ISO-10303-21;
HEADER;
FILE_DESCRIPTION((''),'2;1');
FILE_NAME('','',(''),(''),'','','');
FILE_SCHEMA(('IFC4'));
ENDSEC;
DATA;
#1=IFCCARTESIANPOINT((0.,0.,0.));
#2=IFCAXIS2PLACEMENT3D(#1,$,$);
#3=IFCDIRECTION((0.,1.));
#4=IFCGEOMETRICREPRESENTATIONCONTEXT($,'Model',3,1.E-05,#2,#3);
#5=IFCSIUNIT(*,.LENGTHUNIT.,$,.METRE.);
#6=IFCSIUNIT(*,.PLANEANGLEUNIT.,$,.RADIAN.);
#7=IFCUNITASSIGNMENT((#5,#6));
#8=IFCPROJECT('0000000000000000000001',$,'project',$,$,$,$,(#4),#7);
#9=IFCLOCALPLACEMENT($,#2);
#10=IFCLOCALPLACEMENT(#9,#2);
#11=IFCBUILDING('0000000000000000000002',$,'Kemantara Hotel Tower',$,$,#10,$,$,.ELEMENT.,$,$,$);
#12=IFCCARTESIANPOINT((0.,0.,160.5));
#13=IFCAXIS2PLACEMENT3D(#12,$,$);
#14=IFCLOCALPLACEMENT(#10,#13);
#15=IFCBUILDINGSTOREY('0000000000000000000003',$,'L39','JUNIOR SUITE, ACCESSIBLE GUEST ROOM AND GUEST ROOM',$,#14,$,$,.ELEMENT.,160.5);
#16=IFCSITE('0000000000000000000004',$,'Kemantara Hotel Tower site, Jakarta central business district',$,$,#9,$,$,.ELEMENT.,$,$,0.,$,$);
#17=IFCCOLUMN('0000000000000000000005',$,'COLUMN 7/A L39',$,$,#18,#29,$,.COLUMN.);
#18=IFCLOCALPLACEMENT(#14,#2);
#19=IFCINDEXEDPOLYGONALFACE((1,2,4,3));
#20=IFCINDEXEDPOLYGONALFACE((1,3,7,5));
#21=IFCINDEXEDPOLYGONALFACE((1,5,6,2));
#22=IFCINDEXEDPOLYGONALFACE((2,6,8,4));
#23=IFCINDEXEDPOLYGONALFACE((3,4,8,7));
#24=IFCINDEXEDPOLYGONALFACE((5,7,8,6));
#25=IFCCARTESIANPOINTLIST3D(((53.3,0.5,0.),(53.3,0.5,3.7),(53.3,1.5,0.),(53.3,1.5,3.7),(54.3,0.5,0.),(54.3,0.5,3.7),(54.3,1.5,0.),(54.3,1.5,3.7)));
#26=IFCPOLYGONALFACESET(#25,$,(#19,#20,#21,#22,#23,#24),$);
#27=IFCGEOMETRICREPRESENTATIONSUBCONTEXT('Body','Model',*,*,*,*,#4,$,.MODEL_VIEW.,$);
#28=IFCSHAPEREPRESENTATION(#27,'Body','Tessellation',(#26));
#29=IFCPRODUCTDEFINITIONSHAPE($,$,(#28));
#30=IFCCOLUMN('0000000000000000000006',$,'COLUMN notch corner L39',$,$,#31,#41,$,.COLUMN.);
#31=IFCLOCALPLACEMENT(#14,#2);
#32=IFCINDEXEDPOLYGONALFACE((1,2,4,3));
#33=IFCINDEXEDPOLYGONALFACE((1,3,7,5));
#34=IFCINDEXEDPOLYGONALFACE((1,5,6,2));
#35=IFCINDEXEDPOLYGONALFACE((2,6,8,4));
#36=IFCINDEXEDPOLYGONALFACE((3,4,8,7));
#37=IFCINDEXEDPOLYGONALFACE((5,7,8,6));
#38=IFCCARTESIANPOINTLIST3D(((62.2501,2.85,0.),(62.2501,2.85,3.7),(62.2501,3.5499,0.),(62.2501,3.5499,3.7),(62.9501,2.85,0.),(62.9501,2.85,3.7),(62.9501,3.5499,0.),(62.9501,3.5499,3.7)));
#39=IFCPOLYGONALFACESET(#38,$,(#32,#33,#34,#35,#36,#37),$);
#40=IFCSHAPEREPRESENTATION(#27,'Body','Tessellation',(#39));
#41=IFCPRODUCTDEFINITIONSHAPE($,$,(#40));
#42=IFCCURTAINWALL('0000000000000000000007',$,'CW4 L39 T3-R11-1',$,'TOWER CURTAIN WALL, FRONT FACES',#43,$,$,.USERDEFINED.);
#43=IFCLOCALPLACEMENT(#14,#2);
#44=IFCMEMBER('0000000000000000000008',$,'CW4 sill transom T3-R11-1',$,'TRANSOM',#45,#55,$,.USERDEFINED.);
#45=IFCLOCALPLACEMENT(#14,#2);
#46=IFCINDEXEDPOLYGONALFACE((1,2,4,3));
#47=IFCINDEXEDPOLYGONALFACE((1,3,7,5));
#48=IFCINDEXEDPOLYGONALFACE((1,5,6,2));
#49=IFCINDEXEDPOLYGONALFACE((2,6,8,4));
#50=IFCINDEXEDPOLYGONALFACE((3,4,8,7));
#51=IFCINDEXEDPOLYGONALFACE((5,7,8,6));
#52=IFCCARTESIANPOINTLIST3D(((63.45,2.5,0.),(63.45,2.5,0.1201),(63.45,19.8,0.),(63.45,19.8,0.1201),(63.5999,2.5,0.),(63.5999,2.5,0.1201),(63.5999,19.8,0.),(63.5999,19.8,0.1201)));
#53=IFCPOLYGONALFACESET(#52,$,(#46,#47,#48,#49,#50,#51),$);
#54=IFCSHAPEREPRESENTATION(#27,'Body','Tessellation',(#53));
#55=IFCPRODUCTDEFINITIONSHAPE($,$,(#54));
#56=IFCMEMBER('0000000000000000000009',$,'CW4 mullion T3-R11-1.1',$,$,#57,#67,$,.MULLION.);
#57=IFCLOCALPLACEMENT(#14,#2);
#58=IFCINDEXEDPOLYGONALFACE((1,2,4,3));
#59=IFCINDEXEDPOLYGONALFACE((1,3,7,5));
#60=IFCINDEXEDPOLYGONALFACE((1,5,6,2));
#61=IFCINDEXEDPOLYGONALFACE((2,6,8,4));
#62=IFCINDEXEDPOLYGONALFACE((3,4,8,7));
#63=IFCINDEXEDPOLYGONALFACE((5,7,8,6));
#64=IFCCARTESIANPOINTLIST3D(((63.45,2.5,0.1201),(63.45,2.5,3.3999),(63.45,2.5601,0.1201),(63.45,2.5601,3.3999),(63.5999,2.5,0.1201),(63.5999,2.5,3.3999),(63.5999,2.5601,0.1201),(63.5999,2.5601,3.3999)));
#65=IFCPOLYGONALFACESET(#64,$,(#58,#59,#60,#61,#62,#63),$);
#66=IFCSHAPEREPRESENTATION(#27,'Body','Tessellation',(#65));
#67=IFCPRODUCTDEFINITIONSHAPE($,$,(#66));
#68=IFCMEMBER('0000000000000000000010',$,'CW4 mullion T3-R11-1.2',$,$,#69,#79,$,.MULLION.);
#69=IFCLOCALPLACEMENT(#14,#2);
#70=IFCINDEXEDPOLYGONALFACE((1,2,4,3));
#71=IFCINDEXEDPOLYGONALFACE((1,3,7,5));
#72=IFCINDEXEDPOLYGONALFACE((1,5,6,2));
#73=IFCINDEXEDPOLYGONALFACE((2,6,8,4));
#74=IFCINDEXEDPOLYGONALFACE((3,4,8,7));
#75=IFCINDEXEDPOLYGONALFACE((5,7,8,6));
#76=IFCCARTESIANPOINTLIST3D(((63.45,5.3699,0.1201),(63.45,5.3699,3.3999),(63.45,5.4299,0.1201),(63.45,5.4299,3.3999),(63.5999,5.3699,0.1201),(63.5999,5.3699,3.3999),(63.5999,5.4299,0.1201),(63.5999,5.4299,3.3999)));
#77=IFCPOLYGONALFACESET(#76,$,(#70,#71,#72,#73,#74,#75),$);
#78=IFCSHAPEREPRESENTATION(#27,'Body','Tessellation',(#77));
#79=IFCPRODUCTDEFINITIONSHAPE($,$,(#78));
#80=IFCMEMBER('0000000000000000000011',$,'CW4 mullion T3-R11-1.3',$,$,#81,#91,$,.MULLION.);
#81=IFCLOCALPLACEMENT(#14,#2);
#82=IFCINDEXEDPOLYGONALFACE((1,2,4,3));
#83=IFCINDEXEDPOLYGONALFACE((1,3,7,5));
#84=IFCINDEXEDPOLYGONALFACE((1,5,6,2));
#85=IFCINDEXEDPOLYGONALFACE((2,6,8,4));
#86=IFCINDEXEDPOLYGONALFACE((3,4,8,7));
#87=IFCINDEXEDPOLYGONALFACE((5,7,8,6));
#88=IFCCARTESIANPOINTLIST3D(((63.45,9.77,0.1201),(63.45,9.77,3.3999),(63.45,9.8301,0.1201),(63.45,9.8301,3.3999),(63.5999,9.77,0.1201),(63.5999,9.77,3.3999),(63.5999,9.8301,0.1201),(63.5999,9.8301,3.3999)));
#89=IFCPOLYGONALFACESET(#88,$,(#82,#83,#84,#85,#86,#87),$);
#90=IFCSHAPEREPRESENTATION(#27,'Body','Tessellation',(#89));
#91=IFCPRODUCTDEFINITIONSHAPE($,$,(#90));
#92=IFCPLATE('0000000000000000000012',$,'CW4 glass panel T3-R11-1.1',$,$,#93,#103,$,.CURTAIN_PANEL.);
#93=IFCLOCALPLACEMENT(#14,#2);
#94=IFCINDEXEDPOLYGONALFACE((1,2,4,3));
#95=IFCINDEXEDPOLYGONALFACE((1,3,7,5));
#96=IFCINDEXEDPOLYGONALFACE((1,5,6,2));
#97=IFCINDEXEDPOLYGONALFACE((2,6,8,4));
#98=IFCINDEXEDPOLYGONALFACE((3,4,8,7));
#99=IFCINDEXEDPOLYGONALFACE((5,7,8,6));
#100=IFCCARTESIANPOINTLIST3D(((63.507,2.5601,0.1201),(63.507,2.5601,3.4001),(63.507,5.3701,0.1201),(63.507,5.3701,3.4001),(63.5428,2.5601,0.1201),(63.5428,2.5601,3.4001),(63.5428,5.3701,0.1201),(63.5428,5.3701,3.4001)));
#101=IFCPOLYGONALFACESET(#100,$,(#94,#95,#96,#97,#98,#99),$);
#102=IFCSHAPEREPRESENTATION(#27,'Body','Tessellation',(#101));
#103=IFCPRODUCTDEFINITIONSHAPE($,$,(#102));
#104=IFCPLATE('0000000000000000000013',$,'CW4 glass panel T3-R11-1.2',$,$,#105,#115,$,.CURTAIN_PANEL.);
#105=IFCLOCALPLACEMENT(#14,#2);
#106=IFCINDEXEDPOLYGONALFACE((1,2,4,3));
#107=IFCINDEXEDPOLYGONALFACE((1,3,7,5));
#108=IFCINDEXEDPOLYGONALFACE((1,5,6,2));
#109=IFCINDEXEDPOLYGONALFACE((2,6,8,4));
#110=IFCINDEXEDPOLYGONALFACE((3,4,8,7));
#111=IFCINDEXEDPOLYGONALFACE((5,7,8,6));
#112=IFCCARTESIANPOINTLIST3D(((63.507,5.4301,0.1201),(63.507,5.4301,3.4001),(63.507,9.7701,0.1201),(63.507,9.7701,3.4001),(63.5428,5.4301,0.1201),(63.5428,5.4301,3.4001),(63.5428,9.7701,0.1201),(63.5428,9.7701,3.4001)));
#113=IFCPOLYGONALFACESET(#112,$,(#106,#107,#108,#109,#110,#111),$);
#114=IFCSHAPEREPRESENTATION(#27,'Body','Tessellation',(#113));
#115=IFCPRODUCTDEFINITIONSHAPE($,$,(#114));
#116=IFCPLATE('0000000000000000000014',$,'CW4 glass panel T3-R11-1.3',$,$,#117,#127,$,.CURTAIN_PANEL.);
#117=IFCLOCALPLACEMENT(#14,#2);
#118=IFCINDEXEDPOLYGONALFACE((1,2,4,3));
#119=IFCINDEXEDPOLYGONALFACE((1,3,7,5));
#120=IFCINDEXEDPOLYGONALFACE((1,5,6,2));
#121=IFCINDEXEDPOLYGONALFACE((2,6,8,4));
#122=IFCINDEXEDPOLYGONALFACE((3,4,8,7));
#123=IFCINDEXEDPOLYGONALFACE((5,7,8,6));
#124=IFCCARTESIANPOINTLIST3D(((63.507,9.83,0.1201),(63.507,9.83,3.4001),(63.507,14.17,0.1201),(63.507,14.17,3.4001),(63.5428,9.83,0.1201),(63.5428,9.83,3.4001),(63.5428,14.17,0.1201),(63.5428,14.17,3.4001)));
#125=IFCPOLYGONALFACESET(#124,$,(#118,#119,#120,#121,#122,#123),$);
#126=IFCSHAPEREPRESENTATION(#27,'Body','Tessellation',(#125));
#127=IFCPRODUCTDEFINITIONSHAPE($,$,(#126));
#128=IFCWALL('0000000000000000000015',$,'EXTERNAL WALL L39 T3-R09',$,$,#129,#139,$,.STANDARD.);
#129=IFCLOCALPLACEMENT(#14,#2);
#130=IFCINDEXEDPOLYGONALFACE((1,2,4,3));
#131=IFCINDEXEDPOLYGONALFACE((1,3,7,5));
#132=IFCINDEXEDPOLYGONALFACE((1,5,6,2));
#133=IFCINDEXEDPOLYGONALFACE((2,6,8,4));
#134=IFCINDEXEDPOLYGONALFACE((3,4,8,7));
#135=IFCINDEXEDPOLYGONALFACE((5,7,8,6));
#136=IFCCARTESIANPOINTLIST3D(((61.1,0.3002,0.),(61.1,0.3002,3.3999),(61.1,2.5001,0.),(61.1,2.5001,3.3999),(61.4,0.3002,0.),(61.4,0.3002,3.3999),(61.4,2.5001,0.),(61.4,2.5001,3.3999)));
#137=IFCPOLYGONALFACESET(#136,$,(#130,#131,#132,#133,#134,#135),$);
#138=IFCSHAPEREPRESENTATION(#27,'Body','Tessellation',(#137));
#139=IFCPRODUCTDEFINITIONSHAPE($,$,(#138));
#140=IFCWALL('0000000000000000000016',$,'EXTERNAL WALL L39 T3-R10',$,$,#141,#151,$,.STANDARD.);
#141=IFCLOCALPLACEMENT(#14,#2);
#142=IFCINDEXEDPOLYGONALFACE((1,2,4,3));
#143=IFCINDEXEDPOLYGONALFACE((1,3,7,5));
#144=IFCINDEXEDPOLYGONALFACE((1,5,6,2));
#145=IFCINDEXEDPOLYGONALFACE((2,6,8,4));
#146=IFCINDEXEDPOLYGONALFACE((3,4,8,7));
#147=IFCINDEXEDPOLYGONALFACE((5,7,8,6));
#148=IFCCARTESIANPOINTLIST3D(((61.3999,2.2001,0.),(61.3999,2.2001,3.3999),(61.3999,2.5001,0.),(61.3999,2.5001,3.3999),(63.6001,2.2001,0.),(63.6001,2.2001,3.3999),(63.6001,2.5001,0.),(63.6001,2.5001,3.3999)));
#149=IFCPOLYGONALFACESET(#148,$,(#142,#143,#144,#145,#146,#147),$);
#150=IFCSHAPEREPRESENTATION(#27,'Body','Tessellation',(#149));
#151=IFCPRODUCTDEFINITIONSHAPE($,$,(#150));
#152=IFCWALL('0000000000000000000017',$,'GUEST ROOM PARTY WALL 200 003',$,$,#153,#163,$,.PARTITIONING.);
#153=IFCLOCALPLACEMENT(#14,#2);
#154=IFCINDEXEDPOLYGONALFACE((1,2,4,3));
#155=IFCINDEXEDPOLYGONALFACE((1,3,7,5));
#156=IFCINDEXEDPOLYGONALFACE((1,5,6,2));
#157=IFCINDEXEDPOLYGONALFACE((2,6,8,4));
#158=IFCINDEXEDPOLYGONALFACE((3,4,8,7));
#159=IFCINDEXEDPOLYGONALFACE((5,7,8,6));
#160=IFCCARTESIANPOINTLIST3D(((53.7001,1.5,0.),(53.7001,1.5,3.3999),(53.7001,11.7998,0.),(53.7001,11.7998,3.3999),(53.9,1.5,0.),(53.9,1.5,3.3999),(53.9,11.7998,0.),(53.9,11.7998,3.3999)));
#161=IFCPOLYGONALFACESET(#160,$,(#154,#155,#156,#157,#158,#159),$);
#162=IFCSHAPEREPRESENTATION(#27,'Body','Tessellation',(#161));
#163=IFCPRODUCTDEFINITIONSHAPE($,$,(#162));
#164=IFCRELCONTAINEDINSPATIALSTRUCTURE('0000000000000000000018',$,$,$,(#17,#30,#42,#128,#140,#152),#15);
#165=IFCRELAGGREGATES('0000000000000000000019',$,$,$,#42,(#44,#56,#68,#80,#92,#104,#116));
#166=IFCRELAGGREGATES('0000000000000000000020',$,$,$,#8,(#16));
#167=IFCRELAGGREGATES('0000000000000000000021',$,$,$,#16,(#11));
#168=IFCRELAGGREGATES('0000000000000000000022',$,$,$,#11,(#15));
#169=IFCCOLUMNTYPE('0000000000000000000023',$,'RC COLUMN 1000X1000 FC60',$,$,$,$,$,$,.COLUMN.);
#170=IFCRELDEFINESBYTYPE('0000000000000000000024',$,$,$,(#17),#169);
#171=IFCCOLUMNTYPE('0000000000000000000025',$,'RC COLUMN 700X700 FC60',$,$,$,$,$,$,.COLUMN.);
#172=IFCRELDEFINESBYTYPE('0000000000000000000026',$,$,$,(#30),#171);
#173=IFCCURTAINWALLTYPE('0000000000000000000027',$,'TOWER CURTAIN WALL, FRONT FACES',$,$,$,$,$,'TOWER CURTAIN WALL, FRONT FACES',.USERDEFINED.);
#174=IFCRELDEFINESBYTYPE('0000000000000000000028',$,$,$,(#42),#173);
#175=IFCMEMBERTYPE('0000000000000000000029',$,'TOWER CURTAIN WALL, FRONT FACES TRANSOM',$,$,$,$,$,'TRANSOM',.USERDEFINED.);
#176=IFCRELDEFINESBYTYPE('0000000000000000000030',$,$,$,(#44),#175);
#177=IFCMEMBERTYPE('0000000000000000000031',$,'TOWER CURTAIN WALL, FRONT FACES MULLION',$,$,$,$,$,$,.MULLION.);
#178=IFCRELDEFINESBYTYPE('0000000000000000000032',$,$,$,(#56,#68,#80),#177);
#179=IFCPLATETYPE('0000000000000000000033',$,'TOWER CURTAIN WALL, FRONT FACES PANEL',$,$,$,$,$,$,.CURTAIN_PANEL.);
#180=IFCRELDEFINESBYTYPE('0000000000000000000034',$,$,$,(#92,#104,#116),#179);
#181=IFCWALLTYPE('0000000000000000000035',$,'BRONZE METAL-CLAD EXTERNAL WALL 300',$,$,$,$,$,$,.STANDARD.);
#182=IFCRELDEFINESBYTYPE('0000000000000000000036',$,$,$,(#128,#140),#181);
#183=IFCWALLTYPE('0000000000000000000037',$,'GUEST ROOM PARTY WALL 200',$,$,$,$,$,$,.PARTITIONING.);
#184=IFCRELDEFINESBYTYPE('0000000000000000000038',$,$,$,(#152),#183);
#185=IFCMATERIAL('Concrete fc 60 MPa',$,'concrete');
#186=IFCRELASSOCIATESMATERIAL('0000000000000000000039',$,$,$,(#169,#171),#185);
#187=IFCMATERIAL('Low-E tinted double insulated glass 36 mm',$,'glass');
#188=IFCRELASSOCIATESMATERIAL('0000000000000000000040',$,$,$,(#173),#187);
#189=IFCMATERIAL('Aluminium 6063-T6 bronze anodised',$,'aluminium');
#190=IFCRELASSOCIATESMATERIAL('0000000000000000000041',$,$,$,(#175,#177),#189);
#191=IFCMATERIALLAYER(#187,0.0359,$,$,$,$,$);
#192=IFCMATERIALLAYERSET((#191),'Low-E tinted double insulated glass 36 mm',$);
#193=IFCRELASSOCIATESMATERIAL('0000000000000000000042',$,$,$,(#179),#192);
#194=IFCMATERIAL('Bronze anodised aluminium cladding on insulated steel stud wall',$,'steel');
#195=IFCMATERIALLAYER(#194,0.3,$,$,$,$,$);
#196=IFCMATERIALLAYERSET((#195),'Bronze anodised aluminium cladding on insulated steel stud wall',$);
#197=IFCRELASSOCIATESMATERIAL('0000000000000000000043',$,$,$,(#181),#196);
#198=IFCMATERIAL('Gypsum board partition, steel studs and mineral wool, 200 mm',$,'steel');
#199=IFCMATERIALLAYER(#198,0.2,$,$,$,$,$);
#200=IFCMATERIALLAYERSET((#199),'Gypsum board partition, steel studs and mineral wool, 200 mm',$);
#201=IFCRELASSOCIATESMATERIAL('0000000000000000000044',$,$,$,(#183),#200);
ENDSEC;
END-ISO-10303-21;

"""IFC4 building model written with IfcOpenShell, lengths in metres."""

from ifc_helpers import new_model, si_unit, direction, frame, frame_2d, origin, origin_2d, place, context, subcontext, project, spatial, rectangle, extrude, source, transform, mapped, material, layer, layer_set, material_profile, profile_set, type_object, element, aggregate, save


model = new_model("IFC4")

# Units and contexts
model_context = context("Model", 3, precision=1e-05, world=origin(), true_north=direction((0.0, 1.0)))
body_context = subcontext(model_context, "Body", "Model", "MODEL_VIEW")
ifc_project = project(units=[si_unit("LENGTHUNIT", "METRE"), si_unit("PLANEANGLEUNIT", "RADIAN")], contexts=[model_context])

# Site, building, storey
site_placement = place(None, origin())
site = spatial("IfcSite", under=ifc_project, at=site_placement, Name="Kemantara Hotel Tower site, Jakarta central business district", CompositionType="ELEMENT", RefElevation=0.0)
building_placement = place(site_placement, origin())
building = spatial("IfcBuilding", under=site, at=building_placement, Name="Kemantara Hotel Tower", CompositionType="ELEMENT")
storey_placement = place(building_placement, frame((0.0, 0.0, 160.5)))
storey = spatial("IfcBuildingStorey", under=building, at=storey_placement, Name="L39", Description="JUNIOR SUITE, ACCESSIBLE GUEST ROOM AND GUEST ROOM", CompositionType="ELEMENT", Elevation=160.5)

# Columns
ifc_material_1 = material(Name="Concrete fc 60 MPa", Category="concrete")
ifc_material_profile_1 = material_profile(ifc_material_1, rectangle(XDim=1.0, YDim=1.0, at=origin_2d()), Name="RC 1000X1000")
ifc_profile_set_1 = profile_set([ifc_material_profile_1], Name="Concrete fc 60 MPa")
column_type_1 = type_object("IfcColumnType", Name="RC COLUMN 1000X1000 FC60", PredefinedType="COLUMN", material=ifc_profile_set_1)
column_1_placement = place(storey_placement, frame((53.8, 1.0, 0.0), z_axis=(0.0, 0.0, 1.0), x_axis=(1.0, 0.0, 0.0)))
element("IfcColumn", 1, at=column_1_placement, inside=storey, type_object=column_type_1, Name="COLUMN 7/A L39", PredefinedType="COLUMN", context=body_context, shape_type="SweptSolid", body=[
    extrude(rectangle(XDim=1.0, YDim=1.0, at=origin_2d()), origin(), (0.0, 0.0, 1.0), 3.7),
])
ifc_material_profile_2 = material_profile(ifc_material_1, rectangle(XDim=0.7, YDim=0.7, at=origin_2d()), Name="RC 700X700")
ifc_profile_set_2 = profile_set([ifc_material_profile_2], Name="Concrete fc 60 MPa")
column_type_2 = type_object("IfcColumnType", Name="RC COLUMN 700X700 FC60", PredefinedType="COLUMN", material=ifc_profile_set_2)
column_2_placement = place(storey_placement, frame((62.6001, 3.2, 0.0), z_axis=(0.0, 0.0, 1.0), x_axis=(1.0, 0.0, 0.0)))
element("IfcColumn", 2, at=column_2_placement, inside=storey, type_object=column_type_2, Name="COLUMN notch corner L39", PredefinedType="COLUMN", context=body_context, shape_type="SweptSolid", body=[
    extrude(rectangle(XDim=0.7, YDim=0.7, at=origin_2d()), origin(), (0.0, 0.0, 1.0), 3.7),
])

# Curtain wall, members, plates
ifc_material_2 = material(Name="Low-E tinted double insulated glass 36 mm", Category="glass")
curtain_wall_type = type_object("IfcCurtainWallType", Name="TOWER CURTAIN WALL, FRONT FACES", ElementType="TOWER CURTAIN WALL, FRONT FACES", PredefinedType="USERDEFINED", material=ifc_material_2)
curtain_wall_placement = place(storey_placement, origin())
curtain_wall = element("IfcCurtainWall", 3, at=curtain_wall_placement, inside=storey, type_object=curtain_wall_type, Name="CW4 L39 T3-R11-1", ObjectType="TOWER CURTAIN WALL, FRONT FACES", PredefinedType="USERDEFINED")
ifc_material_3 = material(Name="Aluminium 6063-T6 bronze anodised", Category="aluminium")
ifc_material_profile_3 = material_profile(ifc_material_3, rectangle(XDim=0.1499, YDim=0.1201, at=origin_2d()), Name="TOWER CURTAIN WALL, FRONT FACES TRANSOM")
ifc_profile_set_3 = profile_set([ifc_material_profile_3], Name="Aluminium 6063-T6 bronze anodised")
member_type_1 = type_object("IfcMemberType", Name="TOWER CURTAIN WALL, FRONT FACES TRANSOM", ElementType="TRANSOM", PredefinedType="USERDEFINED", material=ifc_profile_set_3)
member_1_placement = place(storey_placement, frame((63.5249, 2.5, 0.0601), z_axis=(0.0, 1.0, 0.0), x_axis=(-1.0, 0.0, 0.0)))
member_1 = element("IfcMember", 4, at=member_1_placement, type_object=member_type_1, Name="CW4 sill transom T3-R11-1", ObjectType="TRANSOM", PredefinedType="USERDEFINED", context=body_context, shape_type="SweptSolid", body=[
    extrude(rectangle(XDim=0.1499, YDim=0.1201, at=origin_2d()), origin(), (0.0, 0.0, 1.0), 17.3),
])
ifc_material_profile_4 = material_profile(ifc_material_3, rectangle(XDim=0.1499, YDim=0.0601, at=origin_2d()), Name="TOWER CURTAIN WALL, FRONT FACES MULLION")
ifc_profile_set_4 = profile_set([ifc_material_profile_4], Name="Aluminium 6063-T6 bronze anodised")
member_type_2 = type_object("IfcMemberType", Name="TOWER CURTAIN WALL, FRONT FACES MULLION", PredefinedType="MULLION", material=ifc_profile_set_4)
shared_shape_1 = source(origin(), body_context, "Body", "SweptSolid", [
    extrude(rectangle(XDim=0.1499, YDim=0.0601, at=origin_2d()), origin(), (0.0, 0.0, 1.0), 3.2798),
])
member_2_placement = place(storey_placement, frame((63.5249, 2.53, 0.1201), z_axis=(0.0, 0.0, 1.0), x_axis=(-1.0, 0.0, 0.0)))
member_2 = element("IfcMember", 5, at=member_2_placement, type_object=member_type_2, Name="CW4 mullion T3-R11-1.1", PredefinedType="MULLION", context=body_context, shape_type="MappedRepresentation", body=[
    mapped(shared_shape_1, transform((0.0, 0.0, 0.0))),
])
member_3_placement = place(storey_placement, frame((63.5249, 5.3999, 0.1201), z_axis=(0.0, 0.0, 1.0), x_axis=(-1.0, 0.0, 0.0)))
member_3 = element("IfcMember", 6, at=member_3_placement, type_object=member_type_2, Name="CW4 mullion T3-R11-1.2", PredefinedType="MULLION", context=body_context, shape_type="MappedRepresentation", body=[
    mapped(shared_shape_1, transform((0.0, 0.0, 0.0))),
])
member_4_placement = place(storey_placement, frame((63.5249, 9.8, 0.1201), z_axis=(0.0, 0.0, 1.0), x_axis=(-1.0, 0.0, 0.0)))
member_4 = element("IfcMember", 7, at=member_4_placement, type_object=member_type_2, Name="CW4 mullion T3-R11-1.3", PredefinedType="MULLION", context=body_context, shape_type="MappedRepresentation", body=[
    mapped(shared_shape_1, transform((0.0, 0.0, 0.0))),
])
ifc_layer_1 = layer(ifc_material_2, 0.0359)
ifc_layer_set_1 = layer_set([ifc_layer_1], Name="Low-E tinted double insulated glass 36 mm")
plate_type = type_object("IfcPlateType", Name="TOWER CURTAIN WALL, FRONT FACES PANEL", PredefinedType="CURTAIN_PANEL", material=ifc_layer_set_1)
shared_shape_2 = source(origin(), body_context, "Body", "SweptSolid", [
    extrude(rectangle(XDim=2.8101, YDim=0.0359, at=origin_2d()), origin(), (0.0, 0.0, 1.0), 3.28),
])
plate_1_placement = place(storey_placement, frame((63.5249, 3.9651, 0.1201), z_axis=(0.0, 0.0, 1.0), x_axis=(0.0, 1.0, 0.0)))
plate_1 = element("IfcPlate", 8, at=plate_1_placement, type_object=plate_type, Name="CW4 glass panel T3-R11-1.1", PredefinedType="CURTAIN_PANEL", context=body_context, shape_type="MappedRepresentation", body=[
    mapped(shared_shape_2, transform((0.0, 0.0, 0.0))),
])
shared_shape_3 = source(origin(), body_context, "Body", "SweptSolid", [
    extrude(rectangle(XDim=4.3401, YDim=0.0359, at=origin_2d()), origin(), (0.0, 0.0, 1.0), 3.28),
])
plate_2_placement = place(storey_placement, frame((63.5249, 7.6001, 0.1201), z_axis=(0.0, 0.0, 1.0), x_axis=(0.0, 1.0, 0.0)))
plate_2 = element("IfcPlate", 9, at=plate_2_placement, type_object=plate_type, Name="CW4 glass panel T3-R11-1.2", PredefinedType="CURTAIN_PANEL", context=body_context, shape_type="MappedRepresentation", body=[
    mapped(shared_shape_3, transform((0.0, 0.0, 0.0))),
])
plate_3_placement = place(storey_placement, frame((63.5249, 12.0, 0.1201), z_axis=(0.0, 0.0, 1.0), x_axis=(0.0, 1.0, 0.0)))
plate_3 = element("IfcPlate", 10, at=plate_3_placement, type_object=plate_type, Name="CW4 glass panel T3-R11-1.3", PredefinedType="CURTAIN_PANEL", context=body_context, shape_type="MappedRepresentation", body=[
    mapped(shared_shape_3, transform((0.0, 0.0, 0.0))),
])
aggregate(curtain_wall, [member_1, member_2, member_3, member_4, plate_1, plate_2, plate_3])

# Walls
ifc_material_4 = material(Name="Bronze anodised aluminium cladding on insulated steel stud wall", Category="steel")
ifc_layer_2 = layer(ifc_material_4, 0.3)
ifc_layer_set_2 = layer_set([ifc_layer_2], Name="Bronze anodised aluminium cladding on insulated steel stud wall")
wall_type_1 = type_object("IfcWallType", Name="BRONZE METAL-CLAD EXTERNAL WALL 300", PredefinedType="STANDARD", material=ifc_layer_set_2)
wall_1_placement = place(storey_placement, frame((61.25, 0.3, 0.0), z_axis=(0.0, 0.0, 1.0), x_axis=(0.0, 1.0, 0.0)))
element("IfcWall", 11, at=wall_1_placement, inside=storey, type_object=wall_type_1, Name="EXTERNAL WALL L39 T3-R09", PredefinedType="STANDARD", context=body_context, shape_type="SweptSolid", body=[
    extrude(rectangle(XDim=2.2, YDim=0.3, at=frame_2d((1.1001, 0.0))), origin(), (0.0, 0.0, 1.0), 3.3999),
])
wall_2_placement = place(storey_placement, frame((61.3999, 2.3501, 0.0), z_axis=(0.0, 0.0, 1.0), x_axis=(1.0, 0.0, 0.0)))
element("IfcWall", 12, at=wall_2_placement, inside=storey, type_object=wall_type_1, Name="EXTERNAL WALL L39 T3-R10", PredefinedType="STANDARD", context=body_context, shape_type="SweptSolid", body=[
    extrude(rectangle(XDim=2.2002, YDim=0.3, at=frame_2d((1.1001, 0.0))), origin(), (0.0, 0.0, 1.0), 3.3999),
])
ifc_material_5 = material(Name="Gypsum board partition, steel studs and mineral wool, 200 mm", Category="steel")
ifc_layer_3 = layer(ifc_material_5, 0.2)
ifc_layer_set_3 = layer_set([ifc_layer_3], Name="Gypsum board partition, steel studs and mineral wool, 200 mm")
wall_type_2 = type_object("IfcWallType", Name="GUEST ROOM PARTY WALL 200", PredefinedType="PARTITIONING", material=ifc_layer_set_3)
wall_3_placement = place(storey_placement, frame((53.8, 1.5, 0.0), z_axis=(0.0, 0.0, 1.0), x_axis=(0.0, 1.0, 0.0)))
element("IfcWall", 13, at=wall_3_placement, inside=storey, type_object=wall_type_2, Name="GUEST ROOM PARTY WALL 200 003", PredefinedType="PARTITIONING", context=body_context, shape_type="SweptSolid", body=[
    extrude(rectangle(XDim=10.2998, YDim=0.2, at=frame_2d((5.1499, 0.0))), origin(), (0.0, 0.0, 1.0), 3.3999),
])

save(model, "model.ifc")
